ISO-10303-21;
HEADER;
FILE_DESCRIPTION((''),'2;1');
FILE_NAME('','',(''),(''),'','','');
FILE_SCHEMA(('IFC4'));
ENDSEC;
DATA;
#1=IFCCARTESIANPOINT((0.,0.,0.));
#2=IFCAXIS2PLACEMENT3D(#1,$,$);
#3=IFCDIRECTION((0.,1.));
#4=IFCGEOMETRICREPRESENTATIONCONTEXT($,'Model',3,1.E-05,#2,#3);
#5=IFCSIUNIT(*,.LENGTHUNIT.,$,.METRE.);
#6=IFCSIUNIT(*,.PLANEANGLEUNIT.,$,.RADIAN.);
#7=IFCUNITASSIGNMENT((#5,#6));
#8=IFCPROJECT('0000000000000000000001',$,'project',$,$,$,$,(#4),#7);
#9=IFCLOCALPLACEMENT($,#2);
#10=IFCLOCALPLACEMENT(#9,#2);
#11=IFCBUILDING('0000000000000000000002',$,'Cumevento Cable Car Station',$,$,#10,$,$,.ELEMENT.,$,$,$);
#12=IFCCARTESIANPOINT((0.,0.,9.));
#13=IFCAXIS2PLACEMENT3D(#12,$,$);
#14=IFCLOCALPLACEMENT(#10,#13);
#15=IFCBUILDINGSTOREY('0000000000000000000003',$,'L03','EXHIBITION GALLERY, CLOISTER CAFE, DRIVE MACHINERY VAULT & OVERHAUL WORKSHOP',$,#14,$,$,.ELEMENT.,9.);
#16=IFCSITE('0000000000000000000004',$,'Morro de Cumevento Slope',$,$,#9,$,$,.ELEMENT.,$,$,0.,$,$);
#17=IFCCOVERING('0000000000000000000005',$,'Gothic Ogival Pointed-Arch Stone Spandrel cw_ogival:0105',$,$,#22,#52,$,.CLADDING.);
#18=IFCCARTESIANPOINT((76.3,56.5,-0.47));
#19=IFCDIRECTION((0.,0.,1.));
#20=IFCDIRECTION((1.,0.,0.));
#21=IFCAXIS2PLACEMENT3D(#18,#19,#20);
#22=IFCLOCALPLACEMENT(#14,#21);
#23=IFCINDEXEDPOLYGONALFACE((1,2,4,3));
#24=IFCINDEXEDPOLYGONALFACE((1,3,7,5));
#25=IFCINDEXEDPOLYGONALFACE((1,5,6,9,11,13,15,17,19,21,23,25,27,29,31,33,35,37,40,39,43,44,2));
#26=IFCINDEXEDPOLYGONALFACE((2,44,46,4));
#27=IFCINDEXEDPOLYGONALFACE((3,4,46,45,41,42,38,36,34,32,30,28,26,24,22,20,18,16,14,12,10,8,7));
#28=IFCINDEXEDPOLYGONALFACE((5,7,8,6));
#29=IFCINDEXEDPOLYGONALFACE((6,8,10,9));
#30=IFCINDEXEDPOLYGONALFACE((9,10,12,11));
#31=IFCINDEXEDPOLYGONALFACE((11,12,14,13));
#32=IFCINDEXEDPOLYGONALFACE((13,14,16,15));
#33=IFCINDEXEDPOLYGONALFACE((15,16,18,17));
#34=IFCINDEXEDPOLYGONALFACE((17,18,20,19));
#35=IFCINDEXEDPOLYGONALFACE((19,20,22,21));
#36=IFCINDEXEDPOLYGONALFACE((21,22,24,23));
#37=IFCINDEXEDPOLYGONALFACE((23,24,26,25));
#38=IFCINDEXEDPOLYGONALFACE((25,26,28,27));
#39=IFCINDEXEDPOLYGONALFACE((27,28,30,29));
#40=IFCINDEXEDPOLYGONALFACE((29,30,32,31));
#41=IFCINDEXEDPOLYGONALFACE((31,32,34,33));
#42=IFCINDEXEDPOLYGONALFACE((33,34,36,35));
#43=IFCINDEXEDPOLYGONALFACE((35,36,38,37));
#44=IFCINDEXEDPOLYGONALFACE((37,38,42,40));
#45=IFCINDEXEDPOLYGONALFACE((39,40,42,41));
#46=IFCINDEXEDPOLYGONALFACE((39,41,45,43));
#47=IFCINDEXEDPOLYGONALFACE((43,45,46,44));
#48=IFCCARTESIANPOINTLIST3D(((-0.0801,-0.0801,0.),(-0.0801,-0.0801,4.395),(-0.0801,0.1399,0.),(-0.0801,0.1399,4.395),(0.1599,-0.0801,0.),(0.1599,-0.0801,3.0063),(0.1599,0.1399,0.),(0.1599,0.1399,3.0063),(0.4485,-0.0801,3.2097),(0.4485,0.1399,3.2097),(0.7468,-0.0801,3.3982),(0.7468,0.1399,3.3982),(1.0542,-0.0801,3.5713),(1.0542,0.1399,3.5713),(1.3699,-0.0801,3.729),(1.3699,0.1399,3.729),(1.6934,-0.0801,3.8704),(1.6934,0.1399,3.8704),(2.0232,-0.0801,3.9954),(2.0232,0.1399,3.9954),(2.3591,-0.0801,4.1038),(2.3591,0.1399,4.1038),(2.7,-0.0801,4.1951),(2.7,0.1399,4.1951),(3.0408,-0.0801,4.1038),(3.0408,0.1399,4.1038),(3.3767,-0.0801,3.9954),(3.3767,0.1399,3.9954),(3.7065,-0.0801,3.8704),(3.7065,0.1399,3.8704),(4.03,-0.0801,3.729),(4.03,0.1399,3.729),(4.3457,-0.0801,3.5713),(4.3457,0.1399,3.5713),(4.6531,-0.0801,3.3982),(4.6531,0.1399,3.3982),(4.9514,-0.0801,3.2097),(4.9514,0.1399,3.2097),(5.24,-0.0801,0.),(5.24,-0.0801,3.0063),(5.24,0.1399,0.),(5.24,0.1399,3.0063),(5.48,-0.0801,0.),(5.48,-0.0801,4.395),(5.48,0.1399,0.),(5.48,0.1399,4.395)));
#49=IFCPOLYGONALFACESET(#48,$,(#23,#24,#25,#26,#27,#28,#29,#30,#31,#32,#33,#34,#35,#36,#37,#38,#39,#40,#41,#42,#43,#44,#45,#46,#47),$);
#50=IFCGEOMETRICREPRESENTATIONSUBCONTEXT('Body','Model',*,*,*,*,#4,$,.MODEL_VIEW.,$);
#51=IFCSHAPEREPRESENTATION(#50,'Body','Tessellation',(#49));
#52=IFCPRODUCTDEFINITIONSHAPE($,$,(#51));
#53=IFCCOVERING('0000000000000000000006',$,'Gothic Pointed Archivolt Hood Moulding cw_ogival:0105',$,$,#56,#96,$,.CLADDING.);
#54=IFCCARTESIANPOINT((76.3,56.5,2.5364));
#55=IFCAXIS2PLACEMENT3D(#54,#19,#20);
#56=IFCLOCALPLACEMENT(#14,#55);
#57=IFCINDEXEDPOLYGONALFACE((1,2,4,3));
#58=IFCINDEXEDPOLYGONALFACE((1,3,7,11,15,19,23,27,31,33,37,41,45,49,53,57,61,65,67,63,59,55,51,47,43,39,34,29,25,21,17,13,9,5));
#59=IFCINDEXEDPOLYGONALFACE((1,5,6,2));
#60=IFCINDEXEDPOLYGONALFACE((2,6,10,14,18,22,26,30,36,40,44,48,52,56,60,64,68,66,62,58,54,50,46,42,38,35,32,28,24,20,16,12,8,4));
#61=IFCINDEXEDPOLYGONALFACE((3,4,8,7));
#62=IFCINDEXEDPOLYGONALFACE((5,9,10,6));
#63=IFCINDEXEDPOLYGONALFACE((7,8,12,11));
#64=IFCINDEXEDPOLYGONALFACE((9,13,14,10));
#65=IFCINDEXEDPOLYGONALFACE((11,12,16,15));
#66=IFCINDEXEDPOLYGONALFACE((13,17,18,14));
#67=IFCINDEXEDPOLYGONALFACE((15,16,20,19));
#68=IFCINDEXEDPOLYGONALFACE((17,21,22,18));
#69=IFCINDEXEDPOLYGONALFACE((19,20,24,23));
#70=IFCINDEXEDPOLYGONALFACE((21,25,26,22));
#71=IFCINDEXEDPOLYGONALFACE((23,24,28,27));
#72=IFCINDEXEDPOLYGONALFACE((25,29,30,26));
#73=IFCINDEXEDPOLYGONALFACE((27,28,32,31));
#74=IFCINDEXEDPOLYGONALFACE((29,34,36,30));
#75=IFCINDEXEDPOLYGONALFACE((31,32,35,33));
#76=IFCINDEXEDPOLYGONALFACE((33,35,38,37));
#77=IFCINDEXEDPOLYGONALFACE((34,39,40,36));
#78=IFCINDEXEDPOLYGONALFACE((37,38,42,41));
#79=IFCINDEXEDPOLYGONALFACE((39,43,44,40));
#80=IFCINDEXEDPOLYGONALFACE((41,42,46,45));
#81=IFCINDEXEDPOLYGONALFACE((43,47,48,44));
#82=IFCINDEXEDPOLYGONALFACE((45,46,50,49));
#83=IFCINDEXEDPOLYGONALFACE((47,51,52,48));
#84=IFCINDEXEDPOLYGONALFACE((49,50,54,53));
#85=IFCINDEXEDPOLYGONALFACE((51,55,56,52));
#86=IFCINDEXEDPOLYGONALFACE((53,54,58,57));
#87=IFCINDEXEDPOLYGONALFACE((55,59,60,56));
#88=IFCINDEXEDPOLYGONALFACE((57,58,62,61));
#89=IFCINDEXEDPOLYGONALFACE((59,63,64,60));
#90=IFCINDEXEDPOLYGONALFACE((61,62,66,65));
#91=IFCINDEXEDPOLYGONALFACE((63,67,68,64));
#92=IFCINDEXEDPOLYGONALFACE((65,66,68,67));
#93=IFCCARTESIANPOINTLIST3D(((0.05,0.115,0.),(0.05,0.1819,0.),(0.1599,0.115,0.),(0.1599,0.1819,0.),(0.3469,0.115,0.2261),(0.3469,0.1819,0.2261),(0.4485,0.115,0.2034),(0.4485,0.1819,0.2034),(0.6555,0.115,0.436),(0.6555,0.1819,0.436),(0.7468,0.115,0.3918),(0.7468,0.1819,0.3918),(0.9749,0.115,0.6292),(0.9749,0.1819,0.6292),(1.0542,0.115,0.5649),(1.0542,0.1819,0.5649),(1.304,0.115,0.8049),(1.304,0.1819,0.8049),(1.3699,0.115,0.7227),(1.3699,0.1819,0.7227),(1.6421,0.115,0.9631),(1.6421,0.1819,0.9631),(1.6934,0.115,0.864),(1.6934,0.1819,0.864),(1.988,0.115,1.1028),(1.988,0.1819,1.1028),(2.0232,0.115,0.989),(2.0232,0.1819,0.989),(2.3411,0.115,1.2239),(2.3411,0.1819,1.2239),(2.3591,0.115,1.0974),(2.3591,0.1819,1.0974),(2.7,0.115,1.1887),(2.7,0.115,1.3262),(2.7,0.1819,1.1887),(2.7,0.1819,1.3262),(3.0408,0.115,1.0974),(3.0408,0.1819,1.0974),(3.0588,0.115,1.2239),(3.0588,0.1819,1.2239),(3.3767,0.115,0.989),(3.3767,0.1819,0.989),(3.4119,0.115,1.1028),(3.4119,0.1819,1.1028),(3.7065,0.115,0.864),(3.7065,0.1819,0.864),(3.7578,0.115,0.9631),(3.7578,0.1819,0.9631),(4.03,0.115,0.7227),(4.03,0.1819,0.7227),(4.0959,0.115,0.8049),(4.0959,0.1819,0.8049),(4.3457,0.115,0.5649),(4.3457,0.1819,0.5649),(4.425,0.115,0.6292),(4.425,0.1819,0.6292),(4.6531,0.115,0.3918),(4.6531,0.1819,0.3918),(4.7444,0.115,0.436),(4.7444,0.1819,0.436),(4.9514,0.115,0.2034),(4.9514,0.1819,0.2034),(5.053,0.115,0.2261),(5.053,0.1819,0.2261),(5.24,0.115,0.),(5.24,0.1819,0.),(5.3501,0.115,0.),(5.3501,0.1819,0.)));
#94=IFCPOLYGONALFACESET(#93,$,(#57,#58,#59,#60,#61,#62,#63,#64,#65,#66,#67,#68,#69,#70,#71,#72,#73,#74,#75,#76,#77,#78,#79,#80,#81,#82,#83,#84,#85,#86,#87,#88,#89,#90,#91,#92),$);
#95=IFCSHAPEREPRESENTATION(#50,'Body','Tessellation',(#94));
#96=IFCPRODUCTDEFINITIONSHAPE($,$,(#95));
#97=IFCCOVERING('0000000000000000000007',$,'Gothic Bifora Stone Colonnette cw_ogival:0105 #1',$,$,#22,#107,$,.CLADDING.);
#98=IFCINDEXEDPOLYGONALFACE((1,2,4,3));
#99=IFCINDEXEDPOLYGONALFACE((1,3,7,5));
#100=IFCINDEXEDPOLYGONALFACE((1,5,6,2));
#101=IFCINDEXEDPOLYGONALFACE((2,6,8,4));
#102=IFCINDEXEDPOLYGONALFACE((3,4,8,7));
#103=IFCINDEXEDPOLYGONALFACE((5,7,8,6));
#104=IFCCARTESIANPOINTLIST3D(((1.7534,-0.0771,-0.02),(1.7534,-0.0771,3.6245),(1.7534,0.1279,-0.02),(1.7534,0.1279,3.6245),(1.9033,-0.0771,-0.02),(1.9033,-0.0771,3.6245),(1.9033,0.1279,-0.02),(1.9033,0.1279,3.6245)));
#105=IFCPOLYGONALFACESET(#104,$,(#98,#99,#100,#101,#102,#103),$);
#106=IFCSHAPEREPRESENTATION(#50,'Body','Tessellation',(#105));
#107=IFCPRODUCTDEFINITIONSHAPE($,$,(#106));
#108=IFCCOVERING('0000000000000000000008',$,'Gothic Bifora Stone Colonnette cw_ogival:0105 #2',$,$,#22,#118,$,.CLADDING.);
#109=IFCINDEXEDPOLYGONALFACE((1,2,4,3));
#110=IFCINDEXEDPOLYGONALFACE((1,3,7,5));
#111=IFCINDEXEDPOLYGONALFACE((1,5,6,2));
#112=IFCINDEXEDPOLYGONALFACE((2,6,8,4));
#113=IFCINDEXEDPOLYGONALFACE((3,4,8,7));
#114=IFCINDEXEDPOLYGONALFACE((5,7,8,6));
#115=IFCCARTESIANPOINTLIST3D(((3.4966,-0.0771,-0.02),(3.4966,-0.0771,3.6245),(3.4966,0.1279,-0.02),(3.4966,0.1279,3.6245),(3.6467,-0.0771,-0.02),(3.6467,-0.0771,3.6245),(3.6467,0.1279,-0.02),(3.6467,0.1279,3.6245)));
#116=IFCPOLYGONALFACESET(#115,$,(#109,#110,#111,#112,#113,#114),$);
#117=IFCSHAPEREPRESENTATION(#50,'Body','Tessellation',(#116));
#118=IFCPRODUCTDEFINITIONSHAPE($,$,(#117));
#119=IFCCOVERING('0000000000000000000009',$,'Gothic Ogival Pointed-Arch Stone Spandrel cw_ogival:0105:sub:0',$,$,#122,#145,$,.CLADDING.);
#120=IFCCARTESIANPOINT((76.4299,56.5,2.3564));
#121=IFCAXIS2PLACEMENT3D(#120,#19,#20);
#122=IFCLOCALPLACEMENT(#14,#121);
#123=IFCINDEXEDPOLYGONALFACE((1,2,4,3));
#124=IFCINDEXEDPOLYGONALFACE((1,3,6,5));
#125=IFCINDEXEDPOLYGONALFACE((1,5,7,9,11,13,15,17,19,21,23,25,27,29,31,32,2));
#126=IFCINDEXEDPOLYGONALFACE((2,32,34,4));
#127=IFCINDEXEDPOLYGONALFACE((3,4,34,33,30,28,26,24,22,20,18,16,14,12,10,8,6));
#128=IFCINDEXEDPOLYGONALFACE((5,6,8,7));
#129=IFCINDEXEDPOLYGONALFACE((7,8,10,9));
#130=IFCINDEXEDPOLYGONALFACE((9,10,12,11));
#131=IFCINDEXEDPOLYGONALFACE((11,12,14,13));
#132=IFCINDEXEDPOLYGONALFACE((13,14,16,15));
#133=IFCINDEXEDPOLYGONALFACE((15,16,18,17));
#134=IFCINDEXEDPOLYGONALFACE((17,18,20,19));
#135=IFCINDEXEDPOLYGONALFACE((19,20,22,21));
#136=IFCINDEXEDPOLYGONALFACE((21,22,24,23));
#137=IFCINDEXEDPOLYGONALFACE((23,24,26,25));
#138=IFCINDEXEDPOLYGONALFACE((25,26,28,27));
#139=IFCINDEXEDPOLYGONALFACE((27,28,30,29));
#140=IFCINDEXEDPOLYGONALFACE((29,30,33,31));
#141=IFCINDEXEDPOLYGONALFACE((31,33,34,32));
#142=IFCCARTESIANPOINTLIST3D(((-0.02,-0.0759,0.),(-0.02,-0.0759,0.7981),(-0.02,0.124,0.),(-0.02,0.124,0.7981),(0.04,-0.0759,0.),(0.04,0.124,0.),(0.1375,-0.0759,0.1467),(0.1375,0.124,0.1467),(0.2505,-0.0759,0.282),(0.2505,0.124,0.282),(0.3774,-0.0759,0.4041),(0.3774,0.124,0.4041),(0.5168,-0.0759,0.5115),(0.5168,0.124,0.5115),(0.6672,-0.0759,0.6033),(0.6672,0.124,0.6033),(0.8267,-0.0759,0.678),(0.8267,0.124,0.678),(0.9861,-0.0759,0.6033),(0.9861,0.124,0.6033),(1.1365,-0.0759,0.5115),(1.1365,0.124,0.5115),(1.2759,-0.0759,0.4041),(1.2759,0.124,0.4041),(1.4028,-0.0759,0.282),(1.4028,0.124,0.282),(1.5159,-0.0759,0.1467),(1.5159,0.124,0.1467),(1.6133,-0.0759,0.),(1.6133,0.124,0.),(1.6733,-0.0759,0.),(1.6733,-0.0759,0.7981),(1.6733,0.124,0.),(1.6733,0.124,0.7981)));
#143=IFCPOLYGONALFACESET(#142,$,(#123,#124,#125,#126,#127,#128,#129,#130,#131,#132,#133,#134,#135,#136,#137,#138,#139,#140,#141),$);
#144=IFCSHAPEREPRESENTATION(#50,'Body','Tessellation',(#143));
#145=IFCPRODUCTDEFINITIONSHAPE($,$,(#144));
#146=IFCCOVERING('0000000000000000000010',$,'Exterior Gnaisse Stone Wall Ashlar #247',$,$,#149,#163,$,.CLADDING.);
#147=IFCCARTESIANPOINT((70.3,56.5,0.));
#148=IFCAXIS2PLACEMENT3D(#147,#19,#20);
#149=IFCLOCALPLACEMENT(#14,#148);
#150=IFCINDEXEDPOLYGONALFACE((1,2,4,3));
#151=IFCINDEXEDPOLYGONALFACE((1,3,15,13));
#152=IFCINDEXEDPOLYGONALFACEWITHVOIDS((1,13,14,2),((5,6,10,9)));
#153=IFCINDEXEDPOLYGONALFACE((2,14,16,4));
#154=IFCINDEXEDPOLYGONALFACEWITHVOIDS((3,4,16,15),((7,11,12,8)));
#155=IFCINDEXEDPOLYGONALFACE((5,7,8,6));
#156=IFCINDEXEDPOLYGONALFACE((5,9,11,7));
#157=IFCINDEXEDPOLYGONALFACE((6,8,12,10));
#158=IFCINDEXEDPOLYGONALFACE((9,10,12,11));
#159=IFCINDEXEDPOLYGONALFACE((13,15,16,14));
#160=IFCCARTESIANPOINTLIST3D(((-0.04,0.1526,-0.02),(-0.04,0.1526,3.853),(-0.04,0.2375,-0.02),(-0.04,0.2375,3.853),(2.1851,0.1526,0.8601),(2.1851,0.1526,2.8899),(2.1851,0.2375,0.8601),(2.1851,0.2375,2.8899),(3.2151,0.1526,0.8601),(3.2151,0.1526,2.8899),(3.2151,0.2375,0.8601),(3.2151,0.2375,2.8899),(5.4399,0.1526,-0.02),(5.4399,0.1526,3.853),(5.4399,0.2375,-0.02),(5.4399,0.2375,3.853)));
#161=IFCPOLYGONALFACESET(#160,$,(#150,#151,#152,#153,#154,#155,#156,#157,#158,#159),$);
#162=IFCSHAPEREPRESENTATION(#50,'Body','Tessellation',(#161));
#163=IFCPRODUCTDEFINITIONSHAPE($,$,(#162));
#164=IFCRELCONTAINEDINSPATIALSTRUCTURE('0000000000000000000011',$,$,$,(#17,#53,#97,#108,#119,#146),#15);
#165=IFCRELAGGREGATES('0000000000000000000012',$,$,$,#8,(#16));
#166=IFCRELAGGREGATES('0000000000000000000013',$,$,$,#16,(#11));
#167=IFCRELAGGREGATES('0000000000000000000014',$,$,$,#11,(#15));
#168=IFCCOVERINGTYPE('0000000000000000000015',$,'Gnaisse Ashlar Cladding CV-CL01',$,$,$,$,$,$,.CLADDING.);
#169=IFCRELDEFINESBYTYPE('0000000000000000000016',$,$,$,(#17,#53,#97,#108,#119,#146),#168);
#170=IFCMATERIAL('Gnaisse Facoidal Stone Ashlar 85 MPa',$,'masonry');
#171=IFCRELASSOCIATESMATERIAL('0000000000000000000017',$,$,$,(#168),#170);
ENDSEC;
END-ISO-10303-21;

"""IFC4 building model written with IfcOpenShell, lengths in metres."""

from ifc_helpers import new_model, si_unit, direction, frame, origin, place, context, subcontext, project, spatial, polyline, outline, extrude, material, type_object, element, save


model = new_model("IFC4")

# Units and contexts
model_context = context("Model", 3, precision=1e-05, world=origin(), true_north=direction((0.0, 1.0)))
body_context = subcontext(model_context, "Body", "Model", "MODEL_VIEW")
ifc_project = project(units=[si_unit("LENGTHUNIT", "METRE"), si_unit("PLANEANGLEUNIT", "RADIAN")], contexts=[model_context])

# Site, building, storey
site_placement = place(None, origin())
site = spatial("IfcSite", under=ifc_project, at=site_placement, Name="Morro de Cumevento Slope", CompositionType="ELEMENT", RefElevation=0.0)
building_placement = place(site_placement, origin())
building = spatial("IfcBuilding", under=site, at=building_placement, Name="Cumevento Cable Car Station", CompositionType="ELEMENT")
storey_placement = place(building_placement, frame((0.0, 0.0, 9.0)))
storey = spatial("IfcBuildingStorey", under=building, at=storey_placement, Name="L03", Description="EXHIBITION GALLERY, CLOISTER CAFE, DRIVE MACHINERY VAULT & OVERHAUL WORKSHOP", CompositionType="ELEMENT", Elevation=9.0)

# Coverings
ifc_material_1 = material(Name="Gnaisse Facoidal Stone Ashlar 85 MPa", Category="masonry")
covering_type = type_object("IfcCoveringType", Name="Gnaisse Ashlar Cladding CV-CL01", PredefinedType="CLADDING", material=ifc_material_1)
placement = place(storey_placement, frame((76.3, 56.5, -0.47), z_axis=(0.0, 0.0, 1.0), x_axis=(1.0, 0.0, 0.0)))
element("IfcCovering", 1, at=placement, inside=storey, type_object=covering_type, Name="Gothic Ogival Pointed-Arch Stone Spandrel cw_ogival:0105", PredefinedType="CLADDING", context=body_context, shape_type="SweptSolid", body=[
    extrude(outline(polyline([(-0.0801, 0.0), (-0.0801, 4.395), (5.48, 4.395), (5.48, 0.0), (5.24, 0.0), (5.24, 3.0063), (4.9514, 3.2097), (4.6531, 3.3982), (4.3457, 3.5713), (4.03, 3.729), (3.7065, 3.8704), (3.3767, 3.9954), (3.0408, 4.1038), (2.7, 4.1951), (2.3591, 4.1038), (2.0232, 3.9954), (1.6934, 3.8704), (1.3699, 3.729), (1.0542, 3.5713), (0.7468, 3.3982), (0.4485, 3.2097), (0.1599, 3.0063), (0.1599, 0.0), (-0.0801, 0.0)])), frame((0.0, 0.1399, 0.0), z_axis=(0.0, -1.0, 0.0), x_axis=(1.0, 0.0, 0.0)), (0.0, 0.0, 1.0), 0.22),
])
covering_1_placement = place(storey_placement, frame((76.3, 56.5, 2.5364), z_axis=(0.0, 0.0, 1.0), x_axis=(1.0, 0.0, 0.0)))
element("IfcCovering", 2, at=covering_1_placement, inside=storey, type_object=covering_type, Name="Gothic Pointed Archivolt Hood Moulding cw_ogival:0105", PredefinedType="CLADDING", context=body_context, shape_type="SweptSolid", body=[
    extrude(outline(polyline([(0.1599, 0.0), (0.4485, 0.2034), (0.7468, 0.3918), (1.0542, 0.5649), (1.3699, 0.7227), (1.6934, 0.864), (2.0232, 0.989), (2.3591, 1.0974), (2.7, 1.1887), (3.0408, 1.0974), (3.3767, 0.989), (3.7065, 0.864), (4.03, 0.7227), (4.3457, 0.5649), (4.6531, 0.3918), (4.9514, 0.2034), (5.24, 0.0), (5.3501, 0.0), (5.053, 0.2261), (4.7444, 0.436), (4.425, 0.6292), (4.0959, 0.8049), (3.7578, 0.9631), (3.4119, 1.1028), (3.0588, 1.2239), (2.7, 1.3262), (2.3411, 1.2239), (1.988, 1.1028), (1.6421, 0.9631), (1.304, 0.8049), (0.9749, 0.6292), (0.6555, 0.436), (0.3469, 0.2261), (0.05, 0.0), (0.1599, 0.0)])), frame((0.0, 0.1819, 0.0), z_axis=(0.0, -1.0, 0.0), x_axis=(1.0, 0.0, 0.0)), (0.0, 0.0, 1.0), 0.0669),
])
element("IfcCovering", 3, at=placement, inside=storey, type_object=covering_type, Name="Gothic Bifora Stone Colonnette cw_ogival:0105 #1", PredefinedType="CLADDING", context=body_context, shape_type="SweptSolid", body=[
    extrude(outline(polyline([(1.7534, -0.02), (1.9033, -0.02), (1.9033, 3.6245), (1.7534, 3.6245), (1.7534, -0.02)])), frame((0.0, 0.1279, 0.0), z_axis=(0.0, -1.0, 0.0), x_axis=(1.0, 0.0, 0.0)), (0.0, 0.0, 1.0), 0.2051),
])
element("IfcCovering", 4, at=placement, inside=storey, type_object=covering_type, Name="Gothic Bifora Stone Colonnette cw_ogival:0105 #2", PredefinedType="CLADDING", context=body_context, shape_type="SweptSolid", body=[
    extrude(outline(polyline([(3.4966, -0.02), (3.6467, -0.02), (3.6467, 3.6245), (3.4966, 3.6245), (3.4966, -0.02)])), frame((0.0, 0.1279, 0.0), z_axis=(0.0, -1.0, 0.0), x_axis=(1.0, 0.0, 0.0)), (0.0, 0.0, 1.0), 0.2051),
])
covering_2_placement = place(storey_placement, frame((76.4299, 56.5, 2.3564), z_axis=(0.0, 0.0, 1.0), x_axis=(1.0, 0.0, 0.0)))
element("IfcCovering", 5, at=covering_2_placement, inside=storey, type_object=covering_type, Name="Gothic Ogival Pointed-Arch Stone Spandrel cw_ogival:0105:sub:0", PredefinedType="CLADDING", context=body_context, shape_type="SweptSolid", body=[
    extrude(outline(polyline([(-0.02, 0.0), (-0.02, 0.7981), (1.6733, 0.7981), (1.6733, 0.0), (1.6133, 0.0), (1.5159, 0.1467), (1.4028, 0.282), (1.2759, 0.4041), (1.1365, 0.5115), (0.9861, 0.6033), (0.8267, 0.678), (0.6672, 0.6033), (0.5168, 0.5115), (0.3774, 0.4041), (0.2505, 0.282), (0.1375, 0.1467), (0.04, 0.0), (-0.02, 0.0)])), frame((0.0, 0.124, 0.0), z_axis=(0.0, -1.0, 0.0), x_axis=(1.0, 0.0, 0.0)), (0.0, 0.0, 1.0), 0.2),
])
covering_3_placement = place(storey_placement, frame((70.3, 56.5, 0.0), z_axis=(0.0, 0.0, 1.0), x_axis=(1.0, 0.0, 0.0)))
element("IfcCovering", 6, at=covering_3_placement, inside=storey, type_object=covering_type, Name="Exterior Gnaisse Stone Wall Ashlar #247", PredefinedType="CLADDING", context=body_context, shape_type="SweptSolid", body=[
    extrude(outline(polyline([(-0.04, -0.02), (5.4399, -0.02), (5.4399, 3.853), (-0.04, 3.853), (-0.04, -0.02)]), holes=[polyline([(2.1851, 0.8601), (3.2151, 0.8601), (3.2151, 2.8899), (2.1851, 2.8899), (2.1851, 0.8601)])]), frame((0.0, 0.2375, 0.0), z_axis=(0.0, -1.0, 0.0), x_axis=(1.0, 0.0, 0.0)), (0.0, 0.0, 1.0), 0.085),
])

save(model, "model.ifc")
